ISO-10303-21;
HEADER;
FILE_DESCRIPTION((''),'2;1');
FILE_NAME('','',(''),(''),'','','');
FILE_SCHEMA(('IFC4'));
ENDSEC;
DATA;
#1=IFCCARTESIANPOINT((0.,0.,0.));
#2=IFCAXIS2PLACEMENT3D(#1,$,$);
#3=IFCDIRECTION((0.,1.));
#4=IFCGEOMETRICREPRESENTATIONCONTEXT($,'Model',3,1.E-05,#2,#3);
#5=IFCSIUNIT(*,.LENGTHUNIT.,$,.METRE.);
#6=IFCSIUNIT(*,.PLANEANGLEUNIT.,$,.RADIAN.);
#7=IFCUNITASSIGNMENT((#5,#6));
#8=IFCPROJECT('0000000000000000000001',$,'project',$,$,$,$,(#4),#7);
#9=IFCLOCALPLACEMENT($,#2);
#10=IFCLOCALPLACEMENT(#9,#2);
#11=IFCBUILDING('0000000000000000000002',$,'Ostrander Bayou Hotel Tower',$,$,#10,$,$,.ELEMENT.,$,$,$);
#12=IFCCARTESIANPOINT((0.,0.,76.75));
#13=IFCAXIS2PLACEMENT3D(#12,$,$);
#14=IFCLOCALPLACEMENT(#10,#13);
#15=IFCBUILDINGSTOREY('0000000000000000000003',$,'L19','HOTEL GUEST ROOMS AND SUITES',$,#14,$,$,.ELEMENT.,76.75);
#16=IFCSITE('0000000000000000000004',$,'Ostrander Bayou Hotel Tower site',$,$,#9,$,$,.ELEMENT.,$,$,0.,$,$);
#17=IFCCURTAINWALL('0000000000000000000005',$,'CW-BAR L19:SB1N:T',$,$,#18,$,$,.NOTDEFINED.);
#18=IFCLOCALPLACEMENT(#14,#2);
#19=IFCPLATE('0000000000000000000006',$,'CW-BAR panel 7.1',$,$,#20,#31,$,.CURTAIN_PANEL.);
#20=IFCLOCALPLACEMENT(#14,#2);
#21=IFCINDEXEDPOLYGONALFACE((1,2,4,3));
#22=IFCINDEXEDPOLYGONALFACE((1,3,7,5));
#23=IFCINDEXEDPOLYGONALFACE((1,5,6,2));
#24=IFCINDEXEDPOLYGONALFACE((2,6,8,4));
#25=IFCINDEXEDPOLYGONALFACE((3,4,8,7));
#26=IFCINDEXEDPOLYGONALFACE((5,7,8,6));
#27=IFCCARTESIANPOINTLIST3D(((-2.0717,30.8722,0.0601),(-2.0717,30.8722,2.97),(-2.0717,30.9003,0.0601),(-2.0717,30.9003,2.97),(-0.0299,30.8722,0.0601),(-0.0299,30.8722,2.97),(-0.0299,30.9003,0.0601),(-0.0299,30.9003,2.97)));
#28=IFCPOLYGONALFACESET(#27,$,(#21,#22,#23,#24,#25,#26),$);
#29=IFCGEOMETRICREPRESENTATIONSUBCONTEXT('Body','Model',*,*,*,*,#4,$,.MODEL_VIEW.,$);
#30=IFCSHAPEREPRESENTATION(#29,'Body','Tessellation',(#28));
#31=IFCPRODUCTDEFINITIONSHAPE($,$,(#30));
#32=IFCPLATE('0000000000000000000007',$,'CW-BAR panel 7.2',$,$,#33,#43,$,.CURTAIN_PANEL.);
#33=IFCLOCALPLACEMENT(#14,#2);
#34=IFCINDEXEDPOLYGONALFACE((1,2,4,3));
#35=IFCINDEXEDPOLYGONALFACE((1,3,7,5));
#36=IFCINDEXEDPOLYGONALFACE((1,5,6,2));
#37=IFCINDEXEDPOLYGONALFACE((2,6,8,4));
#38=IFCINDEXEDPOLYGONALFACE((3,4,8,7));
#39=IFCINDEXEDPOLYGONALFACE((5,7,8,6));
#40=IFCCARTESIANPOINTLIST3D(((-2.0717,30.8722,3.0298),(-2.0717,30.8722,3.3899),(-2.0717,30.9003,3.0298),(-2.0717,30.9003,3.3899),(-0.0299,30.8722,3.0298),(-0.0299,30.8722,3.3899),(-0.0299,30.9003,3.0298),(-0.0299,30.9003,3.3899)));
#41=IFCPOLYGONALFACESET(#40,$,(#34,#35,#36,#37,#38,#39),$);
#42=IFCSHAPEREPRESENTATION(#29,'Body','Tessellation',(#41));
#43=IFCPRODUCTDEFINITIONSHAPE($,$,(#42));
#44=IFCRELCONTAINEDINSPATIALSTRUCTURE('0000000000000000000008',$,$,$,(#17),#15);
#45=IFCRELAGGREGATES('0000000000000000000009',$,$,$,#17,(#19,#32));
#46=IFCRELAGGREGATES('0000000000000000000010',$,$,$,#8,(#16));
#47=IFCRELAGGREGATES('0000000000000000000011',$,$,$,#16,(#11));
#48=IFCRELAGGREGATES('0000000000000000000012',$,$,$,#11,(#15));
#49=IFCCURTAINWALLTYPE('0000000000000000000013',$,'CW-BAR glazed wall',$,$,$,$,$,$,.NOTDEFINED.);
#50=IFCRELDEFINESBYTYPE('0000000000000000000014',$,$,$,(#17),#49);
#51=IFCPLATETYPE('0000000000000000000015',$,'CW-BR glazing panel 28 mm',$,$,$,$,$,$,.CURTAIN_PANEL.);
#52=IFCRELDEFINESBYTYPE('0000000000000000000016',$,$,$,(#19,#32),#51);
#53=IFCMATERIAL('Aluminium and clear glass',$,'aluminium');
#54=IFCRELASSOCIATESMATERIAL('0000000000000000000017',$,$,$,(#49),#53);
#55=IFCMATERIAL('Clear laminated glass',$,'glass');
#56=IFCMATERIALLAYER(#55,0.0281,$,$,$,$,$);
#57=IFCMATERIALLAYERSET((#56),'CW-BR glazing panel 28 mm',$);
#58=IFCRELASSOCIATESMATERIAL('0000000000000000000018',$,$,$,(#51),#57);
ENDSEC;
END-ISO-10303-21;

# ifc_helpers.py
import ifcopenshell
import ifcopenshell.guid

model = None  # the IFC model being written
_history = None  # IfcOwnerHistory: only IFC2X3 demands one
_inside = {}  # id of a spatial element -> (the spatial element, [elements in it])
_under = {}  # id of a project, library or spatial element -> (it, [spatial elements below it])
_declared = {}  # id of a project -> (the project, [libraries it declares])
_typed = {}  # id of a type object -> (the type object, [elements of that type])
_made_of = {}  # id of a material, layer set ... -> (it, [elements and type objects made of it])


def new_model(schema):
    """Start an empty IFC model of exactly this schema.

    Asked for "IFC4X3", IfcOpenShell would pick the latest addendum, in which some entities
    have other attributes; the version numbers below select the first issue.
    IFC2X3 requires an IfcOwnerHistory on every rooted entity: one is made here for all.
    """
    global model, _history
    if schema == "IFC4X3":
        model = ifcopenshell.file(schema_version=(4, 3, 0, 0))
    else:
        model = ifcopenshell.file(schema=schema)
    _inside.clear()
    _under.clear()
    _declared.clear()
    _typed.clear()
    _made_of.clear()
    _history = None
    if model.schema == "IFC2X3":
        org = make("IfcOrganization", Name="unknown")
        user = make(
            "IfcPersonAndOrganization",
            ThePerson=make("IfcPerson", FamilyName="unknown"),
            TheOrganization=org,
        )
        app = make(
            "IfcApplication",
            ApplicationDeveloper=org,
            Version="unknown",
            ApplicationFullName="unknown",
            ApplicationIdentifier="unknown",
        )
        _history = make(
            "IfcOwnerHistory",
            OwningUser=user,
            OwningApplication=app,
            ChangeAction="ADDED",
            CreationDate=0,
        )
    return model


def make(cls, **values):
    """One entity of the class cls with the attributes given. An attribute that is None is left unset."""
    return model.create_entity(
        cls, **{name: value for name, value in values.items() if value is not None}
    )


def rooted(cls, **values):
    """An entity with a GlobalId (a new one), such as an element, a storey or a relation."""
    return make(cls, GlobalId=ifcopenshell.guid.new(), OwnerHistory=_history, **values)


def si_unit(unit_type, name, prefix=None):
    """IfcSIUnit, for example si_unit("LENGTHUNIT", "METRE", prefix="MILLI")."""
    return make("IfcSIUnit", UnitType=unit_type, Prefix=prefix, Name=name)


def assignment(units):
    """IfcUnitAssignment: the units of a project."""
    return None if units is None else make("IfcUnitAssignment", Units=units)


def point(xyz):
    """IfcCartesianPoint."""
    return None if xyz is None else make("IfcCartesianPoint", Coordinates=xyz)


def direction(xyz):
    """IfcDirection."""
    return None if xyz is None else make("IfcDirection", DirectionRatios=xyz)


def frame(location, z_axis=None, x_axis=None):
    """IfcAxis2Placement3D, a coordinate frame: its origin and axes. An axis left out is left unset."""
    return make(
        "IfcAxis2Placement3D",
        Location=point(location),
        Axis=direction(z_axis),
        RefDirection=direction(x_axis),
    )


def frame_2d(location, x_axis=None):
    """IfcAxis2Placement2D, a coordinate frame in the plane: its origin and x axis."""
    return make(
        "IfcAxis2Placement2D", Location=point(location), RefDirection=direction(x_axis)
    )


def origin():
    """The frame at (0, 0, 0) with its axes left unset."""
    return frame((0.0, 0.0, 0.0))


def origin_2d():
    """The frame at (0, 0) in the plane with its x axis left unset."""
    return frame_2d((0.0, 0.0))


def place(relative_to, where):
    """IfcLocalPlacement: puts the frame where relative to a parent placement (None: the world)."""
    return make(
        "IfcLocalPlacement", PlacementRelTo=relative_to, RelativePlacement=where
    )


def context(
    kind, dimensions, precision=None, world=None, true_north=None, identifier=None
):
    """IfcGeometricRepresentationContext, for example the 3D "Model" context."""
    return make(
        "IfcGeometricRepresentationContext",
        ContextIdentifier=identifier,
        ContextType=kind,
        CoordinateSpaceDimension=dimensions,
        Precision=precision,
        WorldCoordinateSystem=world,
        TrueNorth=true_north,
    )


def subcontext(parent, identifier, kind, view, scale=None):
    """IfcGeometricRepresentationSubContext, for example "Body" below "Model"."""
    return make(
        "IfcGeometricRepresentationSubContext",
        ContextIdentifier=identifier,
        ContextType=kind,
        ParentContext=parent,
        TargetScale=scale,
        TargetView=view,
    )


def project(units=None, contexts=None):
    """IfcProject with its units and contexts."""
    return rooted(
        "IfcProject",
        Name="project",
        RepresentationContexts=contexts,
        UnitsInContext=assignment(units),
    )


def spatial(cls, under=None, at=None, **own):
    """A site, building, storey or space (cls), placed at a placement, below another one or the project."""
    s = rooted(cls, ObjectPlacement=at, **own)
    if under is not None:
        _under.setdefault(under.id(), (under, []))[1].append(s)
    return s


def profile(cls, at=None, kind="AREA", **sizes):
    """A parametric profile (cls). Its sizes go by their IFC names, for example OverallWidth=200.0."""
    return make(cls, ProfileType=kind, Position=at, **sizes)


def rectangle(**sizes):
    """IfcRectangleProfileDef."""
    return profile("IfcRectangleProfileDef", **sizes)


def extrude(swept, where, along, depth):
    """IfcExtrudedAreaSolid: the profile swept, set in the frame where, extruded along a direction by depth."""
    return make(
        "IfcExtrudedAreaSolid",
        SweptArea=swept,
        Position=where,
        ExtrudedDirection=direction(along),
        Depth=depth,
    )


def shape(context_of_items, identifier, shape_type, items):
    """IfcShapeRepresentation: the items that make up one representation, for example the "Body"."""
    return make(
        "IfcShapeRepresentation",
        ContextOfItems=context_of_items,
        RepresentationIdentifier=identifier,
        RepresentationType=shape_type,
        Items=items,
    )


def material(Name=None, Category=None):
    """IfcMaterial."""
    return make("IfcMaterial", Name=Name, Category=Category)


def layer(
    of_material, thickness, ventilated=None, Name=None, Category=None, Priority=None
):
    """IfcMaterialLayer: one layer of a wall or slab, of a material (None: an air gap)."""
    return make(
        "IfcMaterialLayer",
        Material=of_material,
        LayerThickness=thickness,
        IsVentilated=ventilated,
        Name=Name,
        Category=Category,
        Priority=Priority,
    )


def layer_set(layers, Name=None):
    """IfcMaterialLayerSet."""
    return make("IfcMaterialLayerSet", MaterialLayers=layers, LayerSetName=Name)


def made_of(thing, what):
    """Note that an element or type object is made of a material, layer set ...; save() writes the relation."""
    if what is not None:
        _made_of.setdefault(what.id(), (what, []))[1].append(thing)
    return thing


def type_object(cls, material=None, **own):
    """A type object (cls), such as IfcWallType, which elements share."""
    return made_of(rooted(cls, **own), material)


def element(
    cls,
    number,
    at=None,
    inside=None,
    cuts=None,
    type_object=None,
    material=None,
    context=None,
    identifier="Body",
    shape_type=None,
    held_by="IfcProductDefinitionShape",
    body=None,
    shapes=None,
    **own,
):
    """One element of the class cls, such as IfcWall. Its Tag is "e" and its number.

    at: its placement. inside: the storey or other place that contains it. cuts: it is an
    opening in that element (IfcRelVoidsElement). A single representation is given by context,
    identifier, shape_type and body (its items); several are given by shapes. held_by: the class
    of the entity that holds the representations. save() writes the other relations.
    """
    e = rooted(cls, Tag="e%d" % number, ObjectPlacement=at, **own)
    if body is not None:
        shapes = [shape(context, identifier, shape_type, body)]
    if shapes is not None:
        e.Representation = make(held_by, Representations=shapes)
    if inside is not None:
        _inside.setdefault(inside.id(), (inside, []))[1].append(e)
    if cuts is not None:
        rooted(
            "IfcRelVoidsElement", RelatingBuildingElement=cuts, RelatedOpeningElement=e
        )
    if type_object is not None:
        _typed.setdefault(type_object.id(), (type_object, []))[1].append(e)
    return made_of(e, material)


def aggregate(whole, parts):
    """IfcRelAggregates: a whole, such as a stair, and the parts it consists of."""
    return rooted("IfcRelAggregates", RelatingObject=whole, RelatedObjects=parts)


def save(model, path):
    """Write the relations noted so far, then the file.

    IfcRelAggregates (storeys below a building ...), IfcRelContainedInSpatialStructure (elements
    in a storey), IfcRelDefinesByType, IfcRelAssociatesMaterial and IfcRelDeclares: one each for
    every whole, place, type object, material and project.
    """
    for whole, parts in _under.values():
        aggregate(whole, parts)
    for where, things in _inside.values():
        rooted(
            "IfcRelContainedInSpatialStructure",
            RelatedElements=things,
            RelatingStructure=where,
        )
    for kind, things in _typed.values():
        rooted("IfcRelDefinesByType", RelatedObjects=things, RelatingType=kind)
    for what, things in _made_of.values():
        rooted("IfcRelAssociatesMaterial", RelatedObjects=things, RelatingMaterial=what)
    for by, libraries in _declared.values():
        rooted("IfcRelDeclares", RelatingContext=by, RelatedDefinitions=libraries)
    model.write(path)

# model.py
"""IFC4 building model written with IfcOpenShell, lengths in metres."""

from ifc_helpers import new_model, si_unit, direction, frame, origin, origin_2d, place, context, subcontext, project, spatial, rectangle, extrude, material, layer, layer_set, type_object, element, aggregate, save


model = new_model("IFC4")

# Units and contexts
model_context = context("Model", 3, precision=1e-05, world=origin(), true_north=direction((0.0, 1.0)))
body_context = subcontext(model_context, "Body", "Model", "MODEL_VIEW")
ifc_project = project(units=[si_unit("LENGTHUNIT", "METRE"), si_unit("PLANEANGLEUNIT", "RADIAN")], contexts=[model_context])

# Site, building, storey
site_placement = place(None, origin())
site = spatial("IfcSite", under=ifc_project, at=site_placement, Name="Ostrander Bayou Hotel Tower site", CompositionType="ELEMENT", RefElevation=0.0)
building_placement = place(site_placement, origin())
building = spatial("IfcBuilding", under=site, at=building_placement, Name="Ostrander Bayou Hotel Tower", CompositionType="ELEMENT")
storey_placement = place(building_placement, frame((0.0, 0.0, 76.75)))
storey = spatial("IfcBuildingStorey", under=building, at=storey_placement, Name="L19", Description="HOTEL GUEST ROOMS AND SUITES", CompositionType="ELEMENT", Elevation=76.75)

# Curtain wall, plates
ifc_material_1 = material(Name="Aluminium and clear glass", Category="aluminium")
curtain_wall_type = type_object("IfcCurtainWallType", Name="CW-BAR glazed wall", PredefinedType="NOTDEFINED", material=ifc_material_1)
curtain_wall_placement = place(storey_placement, origin())
curtain_wall = element("IfcCurtainWall", 1, at=curtain_wall_placement, inside=storey, type_object=curtain_wall_type, Name="CW-BAR L19:SB1N:T", PredefinedType="NOTDEFINED")
ifc_material_2 = material(Name="Clear laminated glass", Category="glass")
ifc_layer = layer(ifc_material_2, 0.0281)
ifc_layer_set = layer_set([ifc_layer], Name="CW-BR glazing panel 28 mm")
plate_type = type_object("IfcPlateType", Name="CW-BR glazing panel 28 mm", PredefinedType="CURTAIN_PANEL", material=ifc_layer_set)
plate_1_placement = place(storey_placement, frame((-1.0508, 30.8862, 0.0601), z_axis=(0.0, 0.0, 1.0), x_axis=(1.0, 0.0, 0.0)))
plate_1 = element("IfcPlate", 2, at=plate_1_placement, type_object=plate_type, Name="CW-BAR panel 7.1", PredefinedType="CURTAIN_PANEL", context=body_context, shape_type="SweptSolid", body=[
    extrude(rectangle(XDim=2.0417, YDim=0.0281, at=origin_2d()), origin(), (0.0, 0.0, 1.0), 2.9099),
])
plate_2_placement = place(storey_placement, frame((-1.0508, 30.8862, 3.0298), z_axis=(0.0, 0.0, 1.0), x_axis=(1.0, 0.0, 0.0)))
plate_2 = element("IfcPlate", 3, at=plate_2_placement, type_object=plate_type, Name="CW-BAR panel 7.2", PredefinedType="CURTAIN_PANEL", context=body_context, shape_type="SweptSolid", body=[
    extrude(rectangle(XDim=2.0417, YDim=0.0281, at=origin_2d()), origin(), (0.0, 0.0, 1.0), 0.3601),
])
aggregate(curtain_wall, [plate_1, plate_2])

save(model, "model.ifc")
